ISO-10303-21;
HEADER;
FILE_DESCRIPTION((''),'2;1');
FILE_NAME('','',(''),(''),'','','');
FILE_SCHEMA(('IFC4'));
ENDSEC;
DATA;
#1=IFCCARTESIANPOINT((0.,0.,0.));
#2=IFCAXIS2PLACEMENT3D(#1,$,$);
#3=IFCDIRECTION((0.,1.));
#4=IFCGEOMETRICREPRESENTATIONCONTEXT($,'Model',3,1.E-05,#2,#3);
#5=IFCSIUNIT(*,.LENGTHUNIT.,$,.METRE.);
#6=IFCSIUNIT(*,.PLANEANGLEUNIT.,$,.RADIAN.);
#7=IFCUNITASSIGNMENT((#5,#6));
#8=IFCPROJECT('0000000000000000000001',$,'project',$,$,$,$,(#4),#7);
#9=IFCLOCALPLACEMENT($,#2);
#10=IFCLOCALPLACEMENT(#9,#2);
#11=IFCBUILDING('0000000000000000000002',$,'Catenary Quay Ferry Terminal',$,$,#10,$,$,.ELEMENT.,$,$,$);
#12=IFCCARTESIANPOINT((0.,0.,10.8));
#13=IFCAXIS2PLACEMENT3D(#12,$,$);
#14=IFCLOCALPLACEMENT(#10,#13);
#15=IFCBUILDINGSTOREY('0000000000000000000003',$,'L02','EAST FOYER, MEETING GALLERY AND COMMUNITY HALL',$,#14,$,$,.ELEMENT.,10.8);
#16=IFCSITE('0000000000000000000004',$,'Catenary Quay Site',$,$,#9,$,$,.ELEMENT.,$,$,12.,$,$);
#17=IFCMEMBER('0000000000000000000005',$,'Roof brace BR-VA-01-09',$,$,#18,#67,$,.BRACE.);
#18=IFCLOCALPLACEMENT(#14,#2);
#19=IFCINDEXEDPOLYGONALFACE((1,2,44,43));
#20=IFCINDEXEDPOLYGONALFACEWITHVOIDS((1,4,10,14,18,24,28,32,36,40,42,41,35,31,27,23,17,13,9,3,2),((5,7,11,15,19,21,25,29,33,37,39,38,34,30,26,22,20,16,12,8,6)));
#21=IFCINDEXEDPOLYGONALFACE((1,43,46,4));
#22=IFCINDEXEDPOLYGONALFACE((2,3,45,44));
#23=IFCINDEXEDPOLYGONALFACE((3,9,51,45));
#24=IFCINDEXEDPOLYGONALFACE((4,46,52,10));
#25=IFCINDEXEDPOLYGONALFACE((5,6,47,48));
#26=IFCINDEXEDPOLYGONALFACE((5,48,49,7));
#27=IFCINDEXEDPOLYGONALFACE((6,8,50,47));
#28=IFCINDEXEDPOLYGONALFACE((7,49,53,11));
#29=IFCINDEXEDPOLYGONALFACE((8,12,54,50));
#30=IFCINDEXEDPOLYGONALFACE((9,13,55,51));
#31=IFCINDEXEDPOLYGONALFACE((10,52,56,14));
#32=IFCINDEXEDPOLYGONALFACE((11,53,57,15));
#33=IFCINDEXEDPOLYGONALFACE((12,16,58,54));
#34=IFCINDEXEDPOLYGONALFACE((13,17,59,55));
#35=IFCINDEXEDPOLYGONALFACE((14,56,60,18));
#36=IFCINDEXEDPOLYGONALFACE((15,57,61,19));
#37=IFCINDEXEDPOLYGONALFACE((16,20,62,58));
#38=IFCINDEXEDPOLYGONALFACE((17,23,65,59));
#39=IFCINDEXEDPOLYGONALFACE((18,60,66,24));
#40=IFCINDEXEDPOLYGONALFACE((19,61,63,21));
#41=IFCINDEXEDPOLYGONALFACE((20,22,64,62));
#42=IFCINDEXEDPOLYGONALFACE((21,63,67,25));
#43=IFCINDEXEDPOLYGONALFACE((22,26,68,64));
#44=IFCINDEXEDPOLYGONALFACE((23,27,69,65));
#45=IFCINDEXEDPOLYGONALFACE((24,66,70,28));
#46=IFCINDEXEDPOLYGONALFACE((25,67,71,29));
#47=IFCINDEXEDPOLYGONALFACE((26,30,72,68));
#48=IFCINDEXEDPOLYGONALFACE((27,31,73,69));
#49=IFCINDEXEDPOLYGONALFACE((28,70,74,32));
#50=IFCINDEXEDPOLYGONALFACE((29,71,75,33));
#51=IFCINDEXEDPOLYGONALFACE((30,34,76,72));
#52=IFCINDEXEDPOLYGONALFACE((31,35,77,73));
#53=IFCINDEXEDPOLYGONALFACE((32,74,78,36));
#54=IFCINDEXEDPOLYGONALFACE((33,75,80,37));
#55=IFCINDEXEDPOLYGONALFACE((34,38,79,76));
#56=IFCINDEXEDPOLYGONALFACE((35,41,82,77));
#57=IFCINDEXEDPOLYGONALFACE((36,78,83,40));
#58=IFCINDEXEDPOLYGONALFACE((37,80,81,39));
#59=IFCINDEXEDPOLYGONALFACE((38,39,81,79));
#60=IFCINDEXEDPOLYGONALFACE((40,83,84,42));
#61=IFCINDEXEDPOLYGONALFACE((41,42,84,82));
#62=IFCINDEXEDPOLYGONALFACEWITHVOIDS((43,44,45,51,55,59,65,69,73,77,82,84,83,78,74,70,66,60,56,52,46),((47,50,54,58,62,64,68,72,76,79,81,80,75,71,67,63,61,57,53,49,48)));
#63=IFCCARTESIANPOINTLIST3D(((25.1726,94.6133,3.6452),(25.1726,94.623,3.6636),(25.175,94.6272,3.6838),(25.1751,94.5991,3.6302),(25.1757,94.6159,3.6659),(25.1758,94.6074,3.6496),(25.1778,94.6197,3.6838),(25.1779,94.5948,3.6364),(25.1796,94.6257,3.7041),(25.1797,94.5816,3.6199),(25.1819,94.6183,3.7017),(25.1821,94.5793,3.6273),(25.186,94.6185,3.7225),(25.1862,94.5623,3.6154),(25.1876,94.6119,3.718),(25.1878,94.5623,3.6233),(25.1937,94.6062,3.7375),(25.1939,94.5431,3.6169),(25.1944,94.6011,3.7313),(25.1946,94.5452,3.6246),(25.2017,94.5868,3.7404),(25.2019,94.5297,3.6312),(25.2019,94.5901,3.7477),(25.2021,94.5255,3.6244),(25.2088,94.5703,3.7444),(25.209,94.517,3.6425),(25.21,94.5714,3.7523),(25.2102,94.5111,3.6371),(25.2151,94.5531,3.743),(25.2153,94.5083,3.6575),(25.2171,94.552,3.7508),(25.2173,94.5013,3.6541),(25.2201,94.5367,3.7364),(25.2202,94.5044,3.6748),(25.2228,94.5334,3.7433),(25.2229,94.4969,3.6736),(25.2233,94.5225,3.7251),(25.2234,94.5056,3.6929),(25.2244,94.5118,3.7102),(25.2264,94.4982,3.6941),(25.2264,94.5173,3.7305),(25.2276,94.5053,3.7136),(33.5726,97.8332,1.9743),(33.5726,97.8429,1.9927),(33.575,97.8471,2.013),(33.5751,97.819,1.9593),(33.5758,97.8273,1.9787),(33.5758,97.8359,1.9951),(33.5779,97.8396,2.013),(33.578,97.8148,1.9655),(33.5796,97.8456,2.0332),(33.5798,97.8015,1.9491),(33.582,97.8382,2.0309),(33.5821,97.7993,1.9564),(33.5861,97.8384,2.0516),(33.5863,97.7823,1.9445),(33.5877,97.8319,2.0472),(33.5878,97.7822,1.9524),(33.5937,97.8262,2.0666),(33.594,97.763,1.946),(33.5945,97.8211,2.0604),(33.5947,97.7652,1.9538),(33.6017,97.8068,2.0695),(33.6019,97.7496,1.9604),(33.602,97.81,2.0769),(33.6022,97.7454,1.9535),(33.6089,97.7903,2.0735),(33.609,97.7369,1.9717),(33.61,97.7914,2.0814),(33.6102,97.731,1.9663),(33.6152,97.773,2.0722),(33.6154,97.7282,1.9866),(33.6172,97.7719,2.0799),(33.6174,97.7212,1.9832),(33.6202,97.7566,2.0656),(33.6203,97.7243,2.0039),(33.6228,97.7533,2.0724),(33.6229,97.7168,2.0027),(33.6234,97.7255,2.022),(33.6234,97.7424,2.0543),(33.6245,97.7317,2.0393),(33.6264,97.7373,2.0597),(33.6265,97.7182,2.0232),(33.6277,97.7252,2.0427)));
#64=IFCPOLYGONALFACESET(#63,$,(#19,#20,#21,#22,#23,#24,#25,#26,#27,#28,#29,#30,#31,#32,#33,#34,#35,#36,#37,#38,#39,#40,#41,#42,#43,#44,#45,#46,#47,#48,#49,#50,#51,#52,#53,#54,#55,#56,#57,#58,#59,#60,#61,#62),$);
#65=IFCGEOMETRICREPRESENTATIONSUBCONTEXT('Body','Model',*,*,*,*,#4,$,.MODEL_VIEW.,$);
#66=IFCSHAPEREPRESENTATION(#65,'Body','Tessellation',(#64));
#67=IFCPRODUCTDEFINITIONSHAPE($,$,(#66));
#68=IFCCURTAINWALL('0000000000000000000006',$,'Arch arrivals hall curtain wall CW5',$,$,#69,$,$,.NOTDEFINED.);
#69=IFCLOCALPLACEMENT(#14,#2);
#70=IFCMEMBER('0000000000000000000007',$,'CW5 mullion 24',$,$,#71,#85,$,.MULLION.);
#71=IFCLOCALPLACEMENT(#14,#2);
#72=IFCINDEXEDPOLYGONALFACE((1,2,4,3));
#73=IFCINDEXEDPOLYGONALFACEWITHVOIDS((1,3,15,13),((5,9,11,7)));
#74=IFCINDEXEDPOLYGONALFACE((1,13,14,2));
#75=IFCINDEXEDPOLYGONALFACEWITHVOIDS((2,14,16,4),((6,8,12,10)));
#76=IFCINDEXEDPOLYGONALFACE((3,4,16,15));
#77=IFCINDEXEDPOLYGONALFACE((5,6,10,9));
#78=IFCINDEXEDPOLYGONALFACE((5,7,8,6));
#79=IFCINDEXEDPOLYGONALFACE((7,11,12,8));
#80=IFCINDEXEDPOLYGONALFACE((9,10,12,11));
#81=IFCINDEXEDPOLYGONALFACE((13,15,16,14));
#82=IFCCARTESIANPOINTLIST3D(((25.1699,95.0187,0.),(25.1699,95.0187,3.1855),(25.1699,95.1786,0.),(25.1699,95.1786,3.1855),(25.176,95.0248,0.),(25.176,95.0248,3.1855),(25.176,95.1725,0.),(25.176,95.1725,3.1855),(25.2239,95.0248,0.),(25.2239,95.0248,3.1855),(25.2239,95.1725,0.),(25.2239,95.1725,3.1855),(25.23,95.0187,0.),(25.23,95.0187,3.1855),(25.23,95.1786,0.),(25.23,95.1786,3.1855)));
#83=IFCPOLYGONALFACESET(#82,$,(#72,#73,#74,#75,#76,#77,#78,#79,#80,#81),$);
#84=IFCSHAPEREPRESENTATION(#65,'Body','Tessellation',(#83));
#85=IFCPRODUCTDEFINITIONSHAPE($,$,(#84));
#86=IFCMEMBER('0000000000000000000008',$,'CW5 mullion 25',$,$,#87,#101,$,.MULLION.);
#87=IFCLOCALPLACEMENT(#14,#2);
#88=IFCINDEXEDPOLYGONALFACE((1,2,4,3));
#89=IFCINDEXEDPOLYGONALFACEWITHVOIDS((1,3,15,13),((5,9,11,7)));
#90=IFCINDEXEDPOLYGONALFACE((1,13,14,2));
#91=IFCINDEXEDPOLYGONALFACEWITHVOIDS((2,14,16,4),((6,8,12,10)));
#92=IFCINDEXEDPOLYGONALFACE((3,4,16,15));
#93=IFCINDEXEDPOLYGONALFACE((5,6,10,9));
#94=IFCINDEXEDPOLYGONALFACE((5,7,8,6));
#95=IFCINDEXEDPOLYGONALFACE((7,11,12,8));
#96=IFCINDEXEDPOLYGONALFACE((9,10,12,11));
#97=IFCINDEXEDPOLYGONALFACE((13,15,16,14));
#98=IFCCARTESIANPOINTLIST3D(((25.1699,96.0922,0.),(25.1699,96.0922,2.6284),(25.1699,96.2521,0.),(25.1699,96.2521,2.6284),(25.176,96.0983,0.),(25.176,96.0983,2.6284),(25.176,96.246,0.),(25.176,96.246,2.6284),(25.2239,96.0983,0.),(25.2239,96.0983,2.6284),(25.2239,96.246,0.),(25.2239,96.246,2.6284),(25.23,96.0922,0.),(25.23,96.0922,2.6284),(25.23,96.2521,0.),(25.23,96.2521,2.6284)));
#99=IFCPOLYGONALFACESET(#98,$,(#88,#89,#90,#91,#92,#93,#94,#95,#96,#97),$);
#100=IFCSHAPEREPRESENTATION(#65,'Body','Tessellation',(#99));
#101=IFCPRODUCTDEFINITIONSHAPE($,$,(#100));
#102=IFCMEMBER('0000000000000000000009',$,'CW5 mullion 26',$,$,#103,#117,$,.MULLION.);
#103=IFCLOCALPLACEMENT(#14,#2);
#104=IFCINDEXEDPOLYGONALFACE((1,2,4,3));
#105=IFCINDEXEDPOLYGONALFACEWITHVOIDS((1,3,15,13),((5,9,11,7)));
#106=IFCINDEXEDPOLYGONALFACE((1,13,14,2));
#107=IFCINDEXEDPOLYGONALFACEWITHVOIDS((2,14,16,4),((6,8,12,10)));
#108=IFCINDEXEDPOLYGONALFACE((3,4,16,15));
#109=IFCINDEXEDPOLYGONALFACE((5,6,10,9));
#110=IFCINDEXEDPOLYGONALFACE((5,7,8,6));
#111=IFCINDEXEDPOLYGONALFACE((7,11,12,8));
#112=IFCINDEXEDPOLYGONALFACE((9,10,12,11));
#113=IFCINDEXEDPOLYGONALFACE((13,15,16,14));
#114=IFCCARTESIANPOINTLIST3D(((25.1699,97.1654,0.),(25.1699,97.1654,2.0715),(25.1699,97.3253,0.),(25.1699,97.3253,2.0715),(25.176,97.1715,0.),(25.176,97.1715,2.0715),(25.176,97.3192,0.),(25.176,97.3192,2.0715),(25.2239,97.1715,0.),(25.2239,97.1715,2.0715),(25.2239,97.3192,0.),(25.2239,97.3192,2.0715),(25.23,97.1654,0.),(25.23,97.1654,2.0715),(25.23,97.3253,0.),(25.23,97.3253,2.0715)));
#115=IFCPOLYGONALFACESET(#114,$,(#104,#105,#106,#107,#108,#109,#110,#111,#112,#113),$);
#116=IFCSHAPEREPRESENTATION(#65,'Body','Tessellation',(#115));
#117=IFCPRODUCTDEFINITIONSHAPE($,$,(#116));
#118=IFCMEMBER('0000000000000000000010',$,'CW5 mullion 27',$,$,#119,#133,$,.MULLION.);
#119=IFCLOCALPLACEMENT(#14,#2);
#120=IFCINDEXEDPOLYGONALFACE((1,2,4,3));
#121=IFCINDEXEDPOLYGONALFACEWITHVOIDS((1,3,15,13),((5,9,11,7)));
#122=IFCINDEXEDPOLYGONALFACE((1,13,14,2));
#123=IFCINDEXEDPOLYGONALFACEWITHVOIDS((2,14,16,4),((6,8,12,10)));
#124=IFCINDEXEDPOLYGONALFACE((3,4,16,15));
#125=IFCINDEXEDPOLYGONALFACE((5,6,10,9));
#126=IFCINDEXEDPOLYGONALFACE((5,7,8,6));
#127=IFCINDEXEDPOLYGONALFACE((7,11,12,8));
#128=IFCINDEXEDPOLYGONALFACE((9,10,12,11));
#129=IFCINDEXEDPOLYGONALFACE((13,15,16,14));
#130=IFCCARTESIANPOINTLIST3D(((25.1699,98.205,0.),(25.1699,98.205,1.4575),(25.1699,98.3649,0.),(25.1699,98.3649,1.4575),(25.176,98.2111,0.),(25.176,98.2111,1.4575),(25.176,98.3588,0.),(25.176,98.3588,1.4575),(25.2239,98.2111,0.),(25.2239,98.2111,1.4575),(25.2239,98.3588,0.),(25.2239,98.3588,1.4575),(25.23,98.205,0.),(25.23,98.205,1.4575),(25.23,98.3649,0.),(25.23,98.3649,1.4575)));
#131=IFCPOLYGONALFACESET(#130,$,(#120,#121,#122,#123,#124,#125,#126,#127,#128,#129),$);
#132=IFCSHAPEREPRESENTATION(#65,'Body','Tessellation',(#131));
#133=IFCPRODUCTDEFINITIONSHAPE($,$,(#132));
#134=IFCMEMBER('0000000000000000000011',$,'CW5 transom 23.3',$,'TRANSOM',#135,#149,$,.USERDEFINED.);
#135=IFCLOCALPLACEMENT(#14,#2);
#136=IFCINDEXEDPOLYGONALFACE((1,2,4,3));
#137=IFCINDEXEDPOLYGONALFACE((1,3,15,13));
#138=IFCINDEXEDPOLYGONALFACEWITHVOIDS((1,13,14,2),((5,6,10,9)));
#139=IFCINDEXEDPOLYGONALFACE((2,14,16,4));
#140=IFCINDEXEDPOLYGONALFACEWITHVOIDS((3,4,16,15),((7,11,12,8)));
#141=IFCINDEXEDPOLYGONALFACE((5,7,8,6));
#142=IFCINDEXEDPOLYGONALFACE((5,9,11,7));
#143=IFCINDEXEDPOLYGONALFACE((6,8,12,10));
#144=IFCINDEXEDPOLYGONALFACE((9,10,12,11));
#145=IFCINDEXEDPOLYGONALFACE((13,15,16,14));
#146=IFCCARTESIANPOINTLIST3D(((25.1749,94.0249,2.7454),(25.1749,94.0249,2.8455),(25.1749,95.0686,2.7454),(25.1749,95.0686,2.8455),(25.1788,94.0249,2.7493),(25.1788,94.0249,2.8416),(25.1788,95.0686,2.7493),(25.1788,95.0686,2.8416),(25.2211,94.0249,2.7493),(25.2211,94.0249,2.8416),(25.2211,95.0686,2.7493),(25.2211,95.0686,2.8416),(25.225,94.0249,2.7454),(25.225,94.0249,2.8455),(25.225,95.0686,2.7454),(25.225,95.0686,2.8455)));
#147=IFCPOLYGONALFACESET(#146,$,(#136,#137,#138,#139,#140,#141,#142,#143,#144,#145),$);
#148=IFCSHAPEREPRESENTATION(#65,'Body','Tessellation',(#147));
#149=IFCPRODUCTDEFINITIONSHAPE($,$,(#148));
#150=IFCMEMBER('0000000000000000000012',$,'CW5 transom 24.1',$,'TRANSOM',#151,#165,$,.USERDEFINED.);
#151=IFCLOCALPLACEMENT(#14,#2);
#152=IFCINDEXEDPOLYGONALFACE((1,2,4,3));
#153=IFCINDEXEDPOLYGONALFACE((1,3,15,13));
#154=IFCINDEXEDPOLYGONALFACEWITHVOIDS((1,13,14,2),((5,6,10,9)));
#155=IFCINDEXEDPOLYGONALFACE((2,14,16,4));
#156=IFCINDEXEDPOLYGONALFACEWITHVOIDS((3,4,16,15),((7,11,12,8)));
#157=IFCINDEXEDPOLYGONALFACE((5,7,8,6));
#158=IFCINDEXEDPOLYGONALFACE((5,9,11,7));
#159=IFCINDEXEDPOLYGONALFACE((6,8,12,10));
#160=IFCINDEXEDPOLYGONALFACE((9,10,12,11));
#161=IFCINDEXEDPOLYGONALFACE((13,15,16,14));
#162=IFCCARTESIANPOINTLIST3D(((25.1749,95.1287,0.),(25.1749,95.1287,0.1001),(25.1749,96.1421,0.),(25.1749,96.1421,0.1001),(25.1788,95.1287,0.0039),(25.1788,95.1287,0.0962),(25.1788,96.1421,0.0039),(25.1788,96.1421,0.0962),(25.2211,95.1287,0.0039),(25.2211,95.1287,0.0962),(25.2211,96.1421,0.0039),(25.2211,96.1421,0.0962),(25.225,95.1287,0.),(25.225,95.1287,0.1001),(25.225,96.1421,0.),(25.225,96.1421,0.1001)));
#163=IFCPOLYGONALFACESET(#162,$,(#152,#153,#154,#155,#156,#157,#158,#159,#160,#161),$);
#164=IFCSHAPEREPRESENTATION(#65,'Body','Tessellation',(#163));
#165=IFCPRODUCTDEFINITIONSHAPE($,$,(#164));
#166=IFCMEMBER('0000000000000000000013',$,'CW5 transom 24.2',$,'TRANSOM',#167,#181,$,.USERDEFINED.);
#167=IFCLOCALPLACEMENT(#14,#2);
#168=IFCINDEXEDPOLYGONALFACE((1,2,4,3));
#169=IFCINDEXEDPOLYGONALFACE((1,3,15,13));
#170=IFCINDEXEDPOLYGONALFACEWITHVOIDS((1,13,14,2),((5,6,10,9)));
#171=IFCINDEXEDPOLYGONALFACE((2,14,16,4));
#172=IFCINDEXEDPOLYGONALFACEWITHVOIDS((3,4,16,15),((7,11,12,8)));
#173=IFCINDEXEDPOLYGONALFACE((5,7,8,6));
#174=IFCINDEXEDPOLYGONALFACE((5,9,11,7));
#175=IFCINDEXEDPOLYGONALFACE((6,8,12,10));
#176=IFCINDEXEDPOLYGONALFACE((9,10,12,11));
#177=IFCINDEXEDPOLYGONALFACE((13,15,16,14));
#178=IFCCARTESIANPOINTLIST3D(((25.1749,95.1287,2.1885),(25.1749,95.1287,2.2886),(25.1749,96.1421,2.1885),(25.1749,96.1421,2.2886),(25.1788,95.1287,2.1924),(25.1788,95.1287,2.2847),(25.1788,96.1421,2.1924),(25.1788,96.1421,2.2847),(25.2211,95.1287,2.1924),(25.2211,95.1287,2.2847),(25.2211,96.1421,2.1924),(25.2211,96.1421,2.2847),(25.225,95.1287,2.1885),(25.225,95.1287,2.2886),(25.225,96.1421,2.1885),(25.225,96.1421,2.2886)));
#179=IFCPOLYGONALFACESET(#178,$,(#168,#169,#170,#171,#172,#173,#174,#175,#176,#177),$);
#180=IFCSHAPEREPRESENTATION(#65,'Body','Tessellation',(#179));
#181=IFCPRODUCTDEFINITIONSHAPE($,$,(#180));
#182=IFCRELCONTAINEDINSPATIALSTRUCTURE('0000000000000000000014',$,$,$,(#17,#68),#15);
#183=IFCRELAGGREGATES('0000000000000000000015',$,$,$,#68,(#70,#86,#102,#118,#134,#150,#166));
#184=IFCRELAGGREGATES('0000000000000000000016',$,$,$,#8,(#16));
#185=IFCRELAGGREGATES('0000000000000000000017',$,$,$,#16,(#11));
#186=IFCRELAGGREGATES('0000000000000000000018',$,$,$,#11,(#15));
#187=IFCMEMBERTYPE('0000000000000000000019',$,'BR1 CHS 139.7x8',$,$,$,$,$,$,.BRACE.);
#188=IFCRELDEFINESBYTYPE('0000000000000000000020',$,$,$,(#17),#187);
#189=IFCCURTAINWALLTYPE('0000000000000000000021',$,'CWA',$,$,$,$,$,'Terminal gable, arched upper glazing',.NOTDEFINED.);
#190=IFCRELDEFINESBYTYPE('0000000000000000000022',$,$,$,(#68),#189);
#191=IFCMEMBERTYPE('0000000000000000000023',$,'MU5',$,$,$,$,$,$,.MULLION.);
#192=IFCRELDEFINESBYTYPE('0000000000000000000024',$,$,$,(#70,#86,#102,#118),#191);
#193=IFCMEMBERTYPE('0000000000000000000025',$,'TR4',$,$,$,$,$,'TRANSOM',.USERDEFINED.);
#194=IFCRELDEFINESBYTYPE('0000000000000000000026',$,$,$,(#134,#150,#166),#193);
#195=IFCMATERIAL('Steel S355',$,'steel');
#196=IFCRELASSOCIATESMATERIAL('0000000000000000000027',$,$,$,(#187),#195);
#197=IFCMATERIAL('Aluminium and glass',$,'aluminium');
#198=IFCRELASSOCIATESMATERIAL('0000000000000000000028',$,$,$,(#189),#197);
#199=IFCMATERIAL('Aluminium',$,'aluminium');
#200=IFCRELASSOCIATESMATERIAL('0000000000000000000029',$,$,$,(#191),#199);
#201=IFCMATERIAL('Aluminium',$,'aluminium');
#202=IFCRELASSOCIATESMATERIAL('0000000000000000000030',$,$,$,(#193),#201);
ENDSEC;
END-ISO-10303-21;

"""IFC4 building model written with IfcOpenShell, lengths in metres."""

from ifc_helpers import new_model, si_unit, direction, frame, origin, origin_2d, place, context, subcontext, project, spatial, hollow_rectangle, hollow_circle, extrude, material, material_profile, profile_set, type_object, element, aggregate, save


model = new_model("IFC4")

# Units and contexts
model_context = context("Model", 3, precision=1e-05, world=origin(), true_north=direction((0.0, 1.0)))
body_context = subcontext(model_context, "Body", "Model", "MODEL_VIEW")
ifc_project = project(units=[si_unit("LENGTHUNIT", "METRE"), si_unit("PLANEANGLEUNIT", "RADIAN")], contexts=[model_context])

# Site, building, storey
site_placement = place(None, origin())
site = spatial("IfcSite", under=ifc_project, at=site_placement, Name="Catenary Quay Site", CompositionType="ELEMENT", RefElevation=12.0)
building_placement = place(site_placement, origin())
building = spatial("IfcBuilding", under=site, at=building_placement, Name="Catenary Quay Ferry Terminal", CompositionType="ELEMENT")
storey_placement = place(building_placement, frame((0.0, 0.0, 10.8)))
storey = spatial("IfcBuildingStorey", under=building, at=storey_placement, Name="L02", Description="EAST FOYER, MEETING GALLERY AND COMMUNITY HALL", CompositionType="ELEMENT", Elevation=10.8)

# Member
ifc_material_1 = material(Name="Steel S355", Category="steel")
ifc_material_profile_1 = material_profile(ifc_material_1, hollow_circle(Radius=0.0698, WallThickness=0.0081, at=origin_2d()), Name="CHS 139.7x8")
ifc_profile_set_1 = profile_set([ifc_material_profile_1], Name="Steel S355")
member_type_1 = type_object("IfcMemberType", Name="BR1 CHS 139.7x8", PredefinedType="BRACE", material=ifc_profile_set_1)
member_1_placement = place(storey_placement, frame((25.2, 94.562, 3.6838), z_axis=(0.918048, 0.351909, -0.182612), x_axis=(-0.357928, 0.933749, 0.0)))
element("IfcMember", 1, at=member_1_placement, inside=storey, type_object=member_type_1, Name="Roof brace BR-VA-01-09", PredefinedType="BRACE", context=body_context, shape_type="SweptSolid", body=[
    extrude(hollow_circle(Radius=0.0698, WallThickness=0.0081, at=origin_2d()), origin(), (0.0, 0.0, 1.0), 9.1499),
])

# Curtain wall, members
ifc_material_2 = material(Name="Aluminium and glass", Category="aluminium")
curtain_wall_type = type_object("IfcCurtainWallType", Name="CWA", ElementType="Terminal gable, arched upper glazing", PredefinedType="NOTDEFINED", material=ifc_material_2)
curtain_wall_placement = place(storey_placement, origin())
curtain_wall = element("IfcCurtainWall", 2, at=curtain_wall_placement, inside=storey, type_object=curtain_wall_type, Name="Arch arrivals hall curtain wall CW5", PredefinedType="NOTDEFINED")
ifc_material_3 = material(Name="Aluminium", Category="aluminium")
ifc_material_profile_2 = material_profile(ifc_material_3, hollow_rectangle(XDim=0.0601, YDim=0.1599, WallThickness=0.0061, at=origin_2d()), Name="MU5")
ifc_profile_set_2 = profile_set([ifc_material_profile_2], Name="Aluminium")
member_type_2 = type_object("IfcMemberType", Name="MU5", PredefinedType="MULLION", material=ifc_profile_set_2)
member_2_placement = place(storey_placement, frame((25.2, 95.0986, 0.0), z_axis=(0.0, 0.0, 1.0), x_axis=(-1.0, 0.0, 0.0)))
member_2 = element("IfcMember", 3, at=member_2_placement, type_object=member_type_2, Name="CW5 mullion 24", PredefinedType="MULLION", context=body_context, shape_type="SweptSolid", body=[
    extrude(hollow_rectangle(XDim=0.0601, YDim=0.1599, WallThickness=0.0061, at=origin_2d()), origin(), (0.0, 0.0, 1.0), 3.1855),
])
member_3_placement = place(storey_placement, frame((25.2, 96.1721, 0.0), z_axis=(0.0, 0.0, 1.0), x_axis=(-1.0, 0.0, 0.0)))
member_3 = element("IfcMember", 4, at=member_3_placement, type_object=member_type_2, Name="CW5 mullion 25", PredefinedType="MULLION", context=body_context, shape_type="SweptSolid", body=[
    extrude(hollow_rectangle(XDim=0.0601, YDim=0.1599, WallThickness=0.0061, at=origin_2d()), origin(), (0.0, 0.0, 1.0), 2.6284),
])
member_4_placement = place(storey_placement, frame((25.2, 97.2454, 0.0), z_axis=(0.0, 0.0, 1.0), x_axis=(-1.0, 0.0, 0.0)))
member_4 = element("IfcMember", 5, at=member_4_placement, type_object=member_type_2, Name="CW5 mullion 26", PredefinedType="MULLION", context=body_context, shape_type="SweptSolid", body=[
    extrude(hollow_rectangle(XDim=0.0601, YDim=0.1599, WallThickness=0.0061, at=origin_2d()), origin(), (0.0, 0.0, 1.0), 2.0715),
])
member_5_placement = place(storey_placement, frame((25.2, 98.2849, 0.0), z_axis=(0.0, 0.0, 1.0), x_axis=(-1.0, 0.0, 0.0)))
member_5 = element("IfcMember", 6, at=member_5_placement, type_object=member_type_2, Name="CW5 mullion 27", PredefinedType="MULLION", context=body_context, shape_type="SweptSolid", body=[
    extrude(hollow_rectangle(XDim=0.0601, YDim=0.1599, WallThickness=0.0061, at=origin_2d()), origin(), (0.0, 0.0, 1.0), 1.4575),
])
ifc_material_4 = material(Name="Aluminium", Category="aluminium")
ifc_material_profile_3 = material_profile(ifc_material_4, hollow_rectangle(XDim=0.05, YDim=0.1001, WallThickness=0.0039, at=origin_2d()), Name="TR4")
ifc_profile_set_3 = profile_set([ifc_material_profile_3], Name="Aluminium")
member_type_3 = type_object("IfcMemberType", Name="TR4", ElementType="TRANSOM", PredefinedType="USERDEFINED", material=ifc_profile_set_3)
member_6_placement = place(storey_placement, frame((25.2, 94.0249, 2.7954), z_axis=(0.0, 1.0, 0.0), x_axis=(-1.0, 0.0, 0.0)))
member_6 = element("IfcMember", 7, at=member_6_placement, type_object=member_type_3, Name="CW5 transom 23.3", ObjectType="TRANSOM", PredefinedType="USERDEFINED", context=body_context, shape_type="SweptSolid", body=[
    extrude(hollow_rectangle(XDim=0.05, YDim=0.1001, WallThickness=0.0039, at=origin_2d()), origin(), (0.0, 0.0, 1.0), 1.0437),
])
member_7_placement = place(storey_placement, frame((25.2, 95.1287, 0.05), z_axis=(0.0, 1.0, 0.0), x_axis=(-1.0, 0.0, 0.0)))
member_7 = element("IfcMember", 8, at=member_7_placement, type_object=member_type_3, Name="CW5 transom 24.1", ObjectType="TRANSOM", PredefinedType="USERDEFINED", context=body_context, shape_type="SweptSolid", body=[
    extrude(hollow_rectangle(XDim=0.05, YDim=0.1001, WallThickness=0.0039, at=origin_2d()), origin(), (0.0, 0.0, 1.0), 1.0134),
])
member_8_placement = place(storey_placement, frame((25.2, 95.1287, 2.2385), z_axis=(0.0, 1.0, 0.0), x_axis=(-1.0, 0.0, 0.0)))
member_8 = element("IfcMember", 9, at=member_8_placement, type_object=member_type_3, Name="CW5 transom 24.2", ObjectType="TRANSOM", PredefinedType="USERDEFINED", context=body_context, shape_type="SweptSolid", body=[
    extrude(hollow_rectangle(XDim=0.05, YDim=0.1001, WallThickness=0.0039, at=origin_2d()), origin(), (0.0, 0.0, 1.0), 1.0134),
])

aggregate(curtain_wall, [member_2, member_3, member_4, member_5, member_6, member_7, member_8])

save(model, "model.ifc")
